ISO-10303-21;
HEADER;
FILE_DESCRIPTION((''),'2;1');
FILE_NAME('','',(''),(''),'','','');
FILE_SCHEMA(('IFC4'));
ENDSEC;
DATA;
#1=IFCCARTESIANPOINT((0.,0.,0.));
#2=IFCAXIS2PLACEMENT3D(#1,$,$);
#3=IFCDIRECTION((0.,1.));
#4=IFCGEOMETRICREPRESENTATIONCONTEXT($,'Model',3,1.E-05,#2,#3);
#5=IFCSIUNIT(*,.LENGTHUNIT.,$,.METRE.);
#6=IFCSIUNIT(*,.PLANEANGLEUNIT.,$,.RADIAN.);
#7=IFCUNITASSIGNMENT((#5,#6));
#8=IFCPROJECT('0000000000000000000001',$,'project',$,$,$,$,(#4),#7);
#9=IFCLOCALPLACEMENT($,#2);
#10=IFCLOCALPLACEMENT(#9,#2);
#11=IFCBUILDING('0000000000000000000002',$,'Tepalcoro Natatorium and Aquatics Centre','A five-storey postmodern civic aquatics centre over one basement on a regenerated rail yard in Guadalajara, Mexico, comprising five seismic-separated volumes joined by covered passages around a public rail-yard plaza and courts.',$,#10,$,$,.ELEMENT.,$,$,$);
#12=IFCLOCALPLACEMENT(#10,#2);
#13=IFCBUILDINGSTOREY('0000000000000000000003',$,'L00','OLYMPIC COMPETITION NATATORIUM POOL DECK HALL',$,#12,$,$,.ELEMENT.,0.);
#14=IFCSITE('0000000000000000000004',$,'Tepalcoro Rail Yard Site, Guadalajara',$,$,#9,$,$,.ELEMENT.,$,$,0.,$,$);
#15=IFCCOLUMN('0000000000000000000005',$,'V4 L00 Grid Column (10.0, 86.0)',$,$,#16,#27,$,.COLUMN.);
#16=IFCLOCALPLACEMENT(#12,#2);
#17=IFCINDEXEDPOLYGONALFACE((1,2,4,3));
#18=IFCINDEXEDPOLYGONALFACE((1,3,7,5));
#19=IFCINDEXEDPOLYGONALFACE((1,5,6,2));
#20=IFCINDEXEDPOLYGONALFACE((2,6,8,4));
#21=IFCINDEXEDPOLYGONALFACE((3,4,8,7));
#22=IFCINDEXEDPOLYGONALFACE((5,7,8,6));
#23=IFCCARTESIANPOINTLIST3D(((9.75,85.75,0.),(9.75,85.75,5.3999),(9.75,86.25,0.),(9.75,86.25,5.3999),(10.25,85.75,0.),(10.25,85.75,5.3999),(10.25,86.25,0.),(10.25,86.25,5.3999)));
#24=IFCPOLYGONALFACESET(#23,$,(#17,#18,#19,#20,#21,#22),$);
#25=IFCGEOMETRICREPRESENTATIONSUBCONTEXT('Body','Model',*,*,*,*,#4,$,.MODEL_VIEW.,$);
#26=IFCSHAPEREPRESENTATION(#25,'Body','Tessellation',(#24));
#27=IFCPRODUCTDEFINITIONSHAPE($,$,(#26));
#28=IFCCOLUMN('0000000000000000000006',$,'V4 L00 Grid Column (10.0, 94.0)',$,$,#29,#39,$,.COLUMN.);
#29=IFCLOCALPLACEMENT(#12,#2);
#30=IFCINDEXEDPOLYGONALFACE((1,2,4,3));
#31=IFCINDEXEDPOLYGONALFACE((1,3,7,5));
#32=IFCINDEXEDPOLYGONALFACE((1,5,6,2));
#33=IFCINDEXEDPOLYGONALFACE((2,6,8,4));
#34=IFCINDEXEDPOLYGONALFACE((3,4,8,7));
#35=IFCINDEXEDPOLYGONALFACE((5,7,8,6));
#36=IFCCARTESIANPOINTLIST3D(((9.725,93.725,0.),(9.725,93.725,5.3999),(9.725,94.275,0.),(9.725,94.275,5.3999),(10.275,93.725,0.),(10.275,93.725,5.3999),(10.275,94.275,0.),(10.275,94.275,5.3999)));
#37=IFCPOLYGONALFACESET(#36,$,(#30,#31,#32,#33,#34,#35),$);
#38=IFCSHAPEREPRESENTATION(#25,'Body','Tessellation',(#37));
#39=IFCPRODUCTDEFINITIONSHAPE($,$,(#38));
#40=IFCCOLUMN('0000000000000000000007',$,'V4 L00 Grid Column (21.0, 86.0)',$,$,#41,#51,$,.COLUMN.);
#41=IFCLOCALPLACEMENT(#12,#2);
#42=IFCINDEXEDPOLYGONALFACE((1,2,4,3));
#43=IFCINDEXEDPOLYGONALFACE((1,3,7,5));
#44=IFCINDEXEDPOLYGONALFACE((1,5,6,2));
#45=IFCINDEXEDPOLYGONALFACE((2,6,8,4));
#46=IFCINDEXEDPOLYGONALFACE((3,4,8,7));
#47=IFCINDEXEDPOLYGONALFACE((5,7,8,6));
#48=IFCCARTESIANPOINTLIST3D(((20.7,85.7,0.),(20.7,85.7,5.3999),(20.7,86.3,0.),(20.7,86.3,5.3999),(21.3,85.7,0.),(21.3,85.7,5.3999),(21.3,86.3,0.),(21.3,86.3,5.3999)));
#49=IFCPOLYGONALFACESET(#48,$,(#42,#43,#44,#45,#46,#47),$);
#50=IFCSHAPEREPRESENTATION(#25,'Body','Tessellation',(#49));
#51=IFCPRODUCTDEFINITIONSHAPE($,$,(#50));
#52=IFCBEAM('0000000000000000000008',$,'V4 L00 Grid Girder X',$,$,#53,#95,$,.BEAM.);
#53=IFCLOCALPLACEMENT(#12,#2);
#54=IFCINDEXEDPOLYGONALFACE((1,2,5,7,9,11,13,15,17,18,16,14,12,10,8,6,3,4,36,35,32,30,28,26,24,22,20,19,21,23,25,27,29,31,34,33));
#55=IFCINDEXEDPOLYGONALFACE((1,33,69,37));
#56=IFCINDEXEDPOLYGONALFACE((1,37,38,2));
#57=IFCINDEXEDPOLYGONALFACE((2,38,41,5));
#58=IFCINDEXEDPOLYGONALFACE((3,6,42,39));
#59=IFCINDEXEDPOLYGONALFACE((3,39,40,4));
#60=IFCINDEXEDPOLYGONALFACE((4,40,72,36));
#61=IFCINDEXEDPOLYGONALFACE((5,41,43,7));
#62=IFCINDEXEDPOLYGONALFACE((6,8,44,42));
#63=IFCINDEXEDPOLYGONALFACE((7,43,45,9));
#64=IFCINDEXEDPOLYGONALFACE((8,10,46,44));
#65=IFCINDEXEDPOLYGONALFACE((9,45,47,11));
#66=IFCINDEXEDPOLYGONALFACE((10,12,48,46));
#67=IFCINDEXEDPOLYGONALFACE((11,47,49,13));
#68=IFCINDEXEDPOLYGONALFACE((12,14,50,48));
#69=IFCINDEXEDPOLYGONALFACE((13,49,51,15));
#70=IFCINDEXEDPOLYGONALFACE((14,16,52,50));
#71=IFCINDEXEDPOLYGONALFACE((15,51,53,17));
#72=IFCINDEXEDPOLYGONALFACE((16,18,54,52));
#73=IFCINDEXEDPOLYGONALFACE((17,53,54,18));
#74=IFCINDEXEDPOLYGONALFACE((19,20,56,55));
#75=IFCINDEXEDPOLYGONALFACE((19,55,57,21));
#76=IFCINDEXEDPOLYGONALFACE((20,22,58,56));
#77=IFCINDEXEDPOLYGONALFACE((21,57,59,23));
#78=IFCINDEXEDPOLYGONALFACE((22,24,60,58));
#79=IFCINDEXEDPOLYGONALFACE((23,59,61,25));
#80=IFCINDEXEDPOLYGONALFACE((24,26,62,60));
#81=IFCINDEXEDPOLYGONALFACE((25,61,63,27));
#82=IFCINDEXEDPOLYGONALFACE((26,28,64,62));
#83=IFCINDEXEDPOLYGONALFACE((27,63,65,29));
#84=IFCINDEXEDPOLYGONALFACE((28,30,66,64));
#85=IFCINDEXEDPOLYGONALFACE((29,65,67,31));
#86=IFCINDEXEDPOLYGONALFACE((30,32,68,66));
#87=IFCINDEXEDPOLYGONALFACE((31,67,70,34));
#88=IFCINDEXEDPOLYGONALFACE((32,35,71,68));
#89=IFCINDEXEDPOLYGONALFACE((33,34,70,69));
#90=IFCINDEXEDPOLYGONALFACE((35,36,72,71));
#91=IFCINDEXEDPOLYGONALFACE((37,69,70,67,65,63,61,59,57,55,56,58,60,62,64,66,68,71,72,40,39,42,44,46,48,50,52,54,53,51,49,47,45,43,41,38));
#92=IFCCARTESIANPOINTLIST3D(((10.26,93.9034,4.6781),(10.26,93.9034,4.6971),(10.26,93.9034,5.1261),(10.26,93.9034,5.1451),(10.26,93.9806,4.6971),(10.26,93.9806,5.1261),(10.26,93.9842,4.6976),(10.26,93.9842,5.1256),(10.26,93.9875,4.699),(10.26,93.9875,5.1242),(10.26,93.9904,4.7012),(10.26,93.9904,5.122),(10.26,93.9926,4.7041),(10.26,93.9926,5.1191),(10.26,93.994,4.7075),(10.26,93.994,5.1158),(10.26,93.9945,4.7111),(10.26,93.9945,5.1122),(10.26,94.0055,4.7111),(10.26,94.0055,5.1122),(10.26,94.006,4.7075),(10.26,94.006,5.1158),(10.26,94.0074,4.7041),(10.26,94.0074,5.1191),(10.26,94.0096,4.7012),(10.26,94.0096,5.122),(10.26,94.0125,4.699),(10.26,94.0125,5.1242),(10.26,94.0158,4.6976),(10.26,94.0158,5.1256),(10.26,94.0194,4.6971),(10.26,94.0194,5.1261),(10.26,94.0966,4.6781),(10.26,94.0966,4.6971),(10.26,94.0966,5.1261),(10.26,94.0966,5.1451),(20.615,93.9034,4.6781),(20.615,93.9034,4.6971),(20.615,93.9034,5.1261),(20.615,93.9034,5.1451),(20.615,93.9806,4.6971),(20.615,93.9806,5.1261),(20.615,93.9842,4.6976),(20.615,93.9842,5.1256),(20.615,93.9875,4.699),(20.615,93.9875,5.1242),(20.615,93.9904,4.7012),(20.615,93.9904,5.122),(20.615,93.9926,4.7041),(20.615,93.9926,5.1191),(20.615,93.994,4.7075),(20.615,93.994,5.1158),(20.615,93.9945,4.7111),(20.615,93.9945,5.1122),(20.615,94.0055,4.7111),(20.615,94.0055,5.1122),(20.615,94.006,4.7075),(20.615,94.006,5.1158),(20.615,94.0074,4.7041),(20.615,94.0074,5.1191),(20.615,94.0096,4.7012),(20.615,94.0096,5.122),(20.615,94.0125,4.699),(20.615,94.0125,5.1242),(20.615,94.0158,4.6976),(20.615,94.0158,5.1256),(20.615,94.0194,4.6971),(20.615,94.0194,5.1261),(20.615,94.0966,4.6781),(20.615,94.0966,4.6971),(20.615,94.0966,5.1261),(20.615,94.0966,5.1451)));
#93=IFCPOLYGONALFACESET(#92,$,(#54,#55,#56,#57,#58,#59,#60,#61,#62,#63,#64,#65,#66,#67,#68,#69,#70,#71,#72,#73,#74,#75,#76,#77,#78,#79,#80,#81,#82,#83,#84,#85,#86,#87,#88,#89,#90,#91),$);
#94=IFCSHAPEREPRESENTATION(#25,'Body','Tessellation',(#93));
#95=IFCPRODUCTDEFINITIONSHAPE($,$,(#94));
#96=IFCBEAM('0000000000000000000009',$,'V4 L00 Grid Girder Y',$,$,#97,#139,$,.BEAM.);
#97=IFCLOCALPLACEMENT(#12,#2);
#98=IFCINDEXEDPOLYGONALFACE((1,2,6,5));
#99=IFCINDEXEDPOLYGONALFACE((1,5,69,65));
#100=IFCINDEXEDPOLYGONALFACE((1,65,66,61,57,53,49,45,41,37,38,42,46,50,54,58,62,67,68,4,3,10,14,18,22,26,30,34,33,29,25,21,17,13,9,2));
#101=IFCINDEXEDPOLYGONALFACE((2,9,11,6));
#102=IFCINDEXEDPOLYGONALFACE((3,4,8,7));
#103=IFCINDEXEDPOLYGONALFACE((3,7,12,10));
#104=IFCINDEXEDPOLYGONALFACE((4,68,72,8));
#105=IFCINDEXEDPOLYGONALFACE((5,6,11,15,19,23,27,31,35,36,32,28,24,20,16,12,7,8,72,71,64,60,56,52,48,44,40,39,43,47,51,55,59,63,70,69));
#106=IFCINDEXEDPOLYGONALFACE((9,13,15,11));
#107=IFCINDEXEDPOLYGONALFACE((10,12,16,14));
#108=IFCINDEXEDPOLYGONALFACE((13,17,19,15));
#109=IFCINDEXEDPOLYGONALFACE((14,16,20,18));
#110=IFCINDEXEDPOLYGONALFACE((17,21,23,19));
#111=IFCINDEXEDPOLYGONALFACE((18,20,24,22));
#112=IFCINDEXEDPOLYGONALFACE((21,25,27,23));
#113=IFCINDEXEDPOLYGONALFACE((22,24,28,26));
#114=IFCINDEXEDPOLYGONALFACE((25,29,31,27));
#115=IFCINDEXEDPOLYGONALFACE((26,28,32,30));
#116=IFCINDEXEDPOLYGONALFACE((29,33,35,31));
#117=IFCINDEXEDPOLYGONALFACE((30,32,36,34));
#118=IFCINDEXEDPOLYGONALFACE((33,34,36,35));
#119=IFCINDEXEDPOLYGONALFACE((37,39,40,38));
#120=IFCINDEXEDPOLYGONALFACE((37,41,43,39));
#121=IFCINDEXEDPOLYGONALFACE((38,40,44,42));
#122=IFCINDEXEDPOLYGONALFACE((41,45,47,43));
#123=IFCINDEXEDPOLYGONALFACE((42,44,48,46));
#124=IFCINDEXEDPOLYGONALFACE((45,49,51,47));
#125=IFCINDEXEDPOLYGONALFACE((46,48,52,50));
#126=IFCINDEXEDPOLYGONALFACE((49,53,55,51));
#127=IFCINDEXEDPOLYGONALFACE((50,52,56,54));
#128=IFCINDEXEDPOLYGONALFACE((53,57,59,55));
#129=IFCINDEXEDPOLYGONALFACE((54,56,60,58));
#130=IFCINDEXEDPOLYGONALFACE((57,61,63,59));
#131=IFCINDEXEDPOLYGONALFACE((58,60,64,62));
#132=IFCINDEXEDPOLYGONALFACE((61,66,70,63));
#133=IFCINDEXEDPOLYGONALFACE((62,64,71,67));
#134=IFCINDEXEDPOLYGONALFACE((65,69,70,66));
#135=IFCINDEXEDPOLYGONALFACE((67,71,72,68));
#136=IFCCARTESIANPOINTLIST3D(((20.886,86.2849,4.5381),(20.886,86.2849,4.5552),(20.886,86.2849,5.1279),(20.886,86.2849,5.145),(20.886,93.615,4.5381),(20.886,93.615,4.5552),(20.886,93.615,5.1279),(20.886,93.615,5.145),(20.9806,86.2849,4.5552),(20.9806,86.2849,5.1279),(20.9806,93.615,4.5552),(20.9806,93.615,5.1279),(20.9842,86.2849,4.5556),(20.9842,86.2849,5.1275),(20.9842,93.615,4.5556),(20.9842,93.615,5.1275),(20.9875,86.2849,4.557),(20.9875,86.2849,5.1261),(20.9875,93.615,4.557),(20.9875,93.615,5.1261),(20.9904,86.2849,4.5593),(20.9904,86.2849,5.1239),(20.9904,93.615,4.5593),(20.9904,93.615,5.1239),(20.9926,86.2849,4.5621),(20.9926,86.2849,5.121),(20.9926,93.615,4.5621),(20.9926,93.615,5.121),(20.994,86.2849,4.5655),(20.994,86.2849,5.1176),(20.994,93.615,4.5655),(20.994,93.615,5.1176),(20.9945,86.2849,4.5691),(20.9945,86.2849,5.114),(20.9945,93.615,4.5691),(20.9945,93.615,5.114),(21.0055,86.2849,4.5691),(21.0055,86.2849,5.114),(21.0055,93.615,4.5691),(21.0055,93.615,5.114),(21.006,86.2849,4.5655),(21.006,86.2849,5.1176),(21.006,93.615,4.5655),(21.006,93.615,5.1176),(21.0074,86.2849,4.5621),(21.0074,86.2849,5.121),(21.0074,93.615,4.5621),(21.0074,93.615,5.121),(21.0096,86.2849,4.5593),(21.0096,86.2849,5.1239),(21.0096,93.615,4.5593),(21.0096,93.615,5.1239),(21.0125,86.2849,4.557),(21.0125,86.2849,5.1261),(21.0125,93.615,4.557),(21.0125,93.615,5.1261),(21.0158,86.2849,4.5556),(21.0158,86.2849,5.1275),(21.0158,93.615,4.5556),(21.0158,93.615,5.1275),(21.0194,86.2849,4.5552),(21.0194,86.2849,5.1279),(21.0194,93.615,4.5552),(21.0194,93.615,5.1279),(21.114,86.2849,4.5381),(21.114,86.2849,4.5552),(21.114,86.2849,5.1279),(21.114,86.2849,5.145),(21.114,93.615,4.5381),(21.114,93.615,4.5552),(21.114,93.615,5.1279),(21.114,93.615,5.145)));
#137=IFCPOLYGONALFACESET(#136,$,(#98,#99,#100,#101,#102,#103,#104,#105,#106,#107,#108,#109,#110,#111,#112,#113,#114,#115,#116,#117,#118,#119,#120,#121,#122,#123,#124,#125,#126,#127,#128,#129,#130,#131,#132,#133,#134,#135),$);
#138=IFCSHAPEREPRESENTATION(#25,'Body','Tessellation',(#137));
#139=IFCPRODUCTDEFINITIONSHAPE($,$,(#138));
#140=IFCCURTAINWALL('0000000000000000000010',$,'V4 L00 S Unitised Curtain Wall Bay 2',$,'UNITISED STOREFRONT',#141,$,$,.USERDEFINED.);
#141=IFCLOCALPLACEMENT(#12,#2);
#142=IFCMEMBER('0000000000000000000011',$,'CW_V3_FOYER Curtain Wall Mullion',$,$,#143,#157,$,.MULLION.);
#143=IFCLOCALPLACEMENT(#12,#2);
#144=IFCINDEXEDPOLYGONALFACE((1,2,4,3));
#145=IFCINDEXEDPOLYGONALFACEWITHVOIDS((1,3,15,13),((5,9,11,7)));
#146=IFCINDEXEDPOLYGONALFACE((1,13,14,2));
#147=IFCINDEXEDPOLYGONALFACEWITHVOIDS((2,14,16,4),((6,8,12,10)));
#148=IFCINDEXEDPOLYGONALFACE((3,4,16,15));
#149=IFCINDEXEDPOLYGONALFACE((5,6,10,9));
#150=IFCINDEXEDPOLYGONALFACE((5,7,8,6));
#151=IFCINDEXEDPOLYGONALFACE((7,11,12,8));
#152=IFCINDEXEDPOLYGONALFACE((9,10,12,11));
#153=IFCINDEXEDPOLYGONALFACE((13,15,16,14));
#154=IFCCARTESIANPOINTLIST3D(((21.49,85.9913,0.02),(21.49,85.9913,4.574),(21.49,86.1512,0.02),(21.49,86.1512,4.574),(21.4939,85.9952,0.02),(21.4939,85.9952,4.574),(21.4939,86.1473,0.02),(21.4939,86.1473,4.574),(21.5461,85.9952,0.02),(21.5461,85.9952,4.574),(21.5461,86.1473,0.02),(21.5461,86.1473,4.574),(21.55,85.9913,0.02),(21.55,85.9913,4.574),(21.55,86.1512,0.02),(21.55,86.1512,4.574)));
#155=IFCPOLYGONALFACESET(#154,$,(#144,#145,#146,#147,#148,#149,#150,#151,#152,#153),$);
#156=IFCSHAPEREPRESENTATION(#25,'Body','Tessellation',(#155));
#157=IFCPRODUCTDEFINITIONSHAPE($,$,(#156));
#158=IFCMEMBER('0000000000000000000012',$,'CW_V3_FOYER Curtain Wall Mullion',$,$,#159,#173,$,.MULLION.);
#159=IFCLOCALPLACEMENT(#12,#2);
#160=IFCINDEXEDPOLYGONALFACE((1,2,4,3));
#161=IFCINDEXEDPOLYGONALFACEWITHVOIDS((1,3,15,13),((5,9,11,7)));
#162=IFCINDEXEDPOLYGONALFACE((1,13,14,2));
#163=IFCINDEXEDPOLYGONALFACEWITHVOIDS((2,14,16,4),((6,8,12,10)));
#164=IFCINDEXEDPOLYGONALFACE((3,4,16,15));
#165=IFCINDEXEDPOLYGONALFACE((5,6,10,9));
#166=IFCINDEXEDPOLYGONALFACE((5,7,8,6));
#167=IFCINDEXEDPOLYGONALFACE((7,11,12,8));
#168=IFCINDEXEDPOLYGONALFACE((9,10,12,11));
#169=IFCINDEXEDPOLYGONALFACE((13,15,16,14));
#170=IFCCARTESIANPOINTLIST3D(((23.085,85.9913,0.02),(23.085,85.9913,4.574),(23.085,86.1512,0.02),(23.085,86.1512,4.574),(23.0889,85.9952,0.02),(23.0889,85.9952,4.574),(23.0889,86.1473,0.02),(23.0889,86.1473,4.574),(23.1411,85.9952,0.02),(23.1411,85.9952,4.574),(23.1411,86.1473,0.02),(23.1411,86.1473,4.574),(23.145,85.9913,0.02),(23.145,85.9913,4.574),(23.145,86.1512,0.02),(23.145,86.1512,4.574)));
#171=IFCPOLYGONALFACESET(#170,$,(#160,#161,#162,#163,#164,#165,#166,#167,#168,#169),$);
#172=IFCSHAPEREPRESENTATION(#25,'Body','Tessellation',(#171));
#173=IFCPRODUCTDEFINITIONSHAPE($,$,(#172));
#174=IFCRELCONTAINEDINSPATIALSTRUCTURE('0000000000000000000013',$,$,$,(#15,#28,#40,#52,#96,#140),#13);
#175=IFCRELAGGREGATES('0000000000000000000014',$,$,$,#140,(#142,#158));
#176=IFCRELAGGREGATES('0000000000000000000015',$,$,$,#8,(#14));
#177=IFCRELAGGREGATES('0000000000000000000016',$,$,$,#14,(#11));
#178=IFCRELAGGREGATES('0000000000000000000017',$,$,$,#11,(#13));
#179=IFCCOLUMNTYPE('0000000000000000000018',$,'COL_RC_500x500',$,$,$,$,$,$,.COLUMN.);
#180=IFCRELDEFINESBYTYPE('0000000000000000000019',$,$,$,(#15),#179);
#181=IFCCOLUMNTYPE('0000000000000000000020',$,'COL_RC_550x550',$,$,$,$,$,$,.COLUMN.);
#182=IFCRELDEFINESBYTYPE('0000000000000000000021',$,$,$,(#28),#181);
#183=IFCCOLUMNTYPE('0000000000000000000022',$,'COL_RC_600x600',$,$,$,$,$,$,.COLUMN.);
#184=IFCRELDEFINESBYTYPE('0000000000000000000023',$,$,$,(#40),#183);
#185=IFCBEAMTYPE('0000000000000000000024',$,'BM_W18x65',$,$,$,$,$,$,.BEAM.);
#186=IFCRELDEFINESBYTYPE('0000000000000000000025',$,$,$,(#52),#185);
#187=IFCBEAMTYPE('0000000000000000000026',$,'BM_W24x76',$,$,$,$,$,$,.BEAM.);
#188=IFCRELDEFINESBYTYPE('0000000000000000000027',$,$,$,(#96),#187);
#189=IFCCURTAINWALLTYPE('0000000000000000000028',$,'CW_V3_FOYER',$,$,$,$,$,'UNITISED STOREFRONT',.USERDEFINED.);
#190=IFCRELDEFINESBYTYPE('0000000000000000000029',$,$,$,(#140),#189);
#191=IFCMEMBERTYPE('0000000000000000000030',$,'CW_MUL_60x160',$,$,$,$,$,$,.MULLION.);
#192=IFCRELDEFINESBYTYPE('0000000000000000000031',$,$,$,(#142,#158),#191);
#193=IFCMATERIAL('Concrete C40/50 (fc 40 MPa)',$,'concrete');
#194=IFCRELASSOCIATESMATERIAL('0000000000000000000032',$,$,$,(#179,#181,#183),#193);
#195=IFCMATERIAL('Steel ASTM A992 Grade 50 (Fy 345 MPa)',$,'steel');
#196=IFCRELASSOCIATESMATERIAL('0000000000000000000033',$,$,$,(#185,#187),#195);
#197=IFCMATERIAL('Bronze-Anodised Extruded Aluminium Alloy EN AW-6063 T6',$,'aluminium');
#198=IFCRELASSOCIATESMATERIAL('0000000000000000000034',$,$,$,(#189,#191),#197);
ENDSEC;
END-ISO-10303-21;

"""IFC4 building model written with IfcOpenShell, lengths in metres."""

from ifc_helpers import new_model, si_unit, direction, frame, origin, origin_2d, place, context, subcontext, project, spatial, rectangle, hollow_rectangle, i_section, extrude, material, material_profile, profile_set, type_object, element, aggregate, save


model = new_model("IFC4")

# Units and contexts
model_context = context("Model", 3, precision=1e-05, world=origin(), true_north=direction((0.0, 1.0)))
body_context = subcontext(model_context, "Body", "Model", "MODEL_VIEW")
ifc_project = project(units=[si_unit("LENGTHUNIT", "METRE"), si_unit("PLANEANGLEUNIT", "RADIAN")], contexts=[model_context])

# Site, building, storey
site_placement = place(None, origin())
site = spatial("IfcSite", under=ifc_project, at=site_placement, Name="Tepalcoro Rail Yard Site, Guadalajara", CompositionType="ELEMENT", RefElevation=0.0)
building_placement = place(site_placement, origin())
building = spatial("IfcBuilding", under=site, at=building_placement, Name="Tepalcoro Natatorium and Aquatics Centre", Description="A five-storey postmodern civic aquatics centre over one basement on a regenerated rail yard in Guadalajara, Mexico, comprising five seismic-separated volumes joined by covered passages around a public rail-yard plaza and courts.", CompositionType="ELEMENT")
storey_placement = place(building_placement, origin())
storey = spatial("IfcBuildingStorey", under=building, at=storey_placement, Name="L00", Description="OLYMPIC COMPETITION NATATORIUM POOL DECK HALL", CompositionType="ELEMENT", Elevation=0.0)

# Columns
ifc_material_1 = material(Name="Concrete C40/50 (fc 40 MPa)", Category="concrete")
ifc_material_profile_1 = material_profile(ifc_material_1, rectangle(XDim=0.5, YDim=0.5, at=origin_2d()), Name="RC500x500")
ifc_profile_set_1 = profile_set([ifc_material_profile_1], Name="Concrete C40/50 (fc 40 MPa)")
column_type_1 = type_object("IfcColumnType", Name="COL_RC_500x500", PredefinedType="COLUMN", material=ifc_profile_set_1)
column_1_placement = place(storey_placement, frame((10.0, 86.0, 0.0), z_axis=(0.0, 0.0, 1.0), x_axis=(1.0, 0.0, 0.0)))
element("IfcColumn", 1, at=column_1_placement, inside=storey, type_object=column_type_1, Name="V4 L00 Grid Column (10.0, 86.0)", PredefinedType="COLUMN", context=body_context, shape_type="SweptSolid", body=[
    extrude(rectangle(XDim=0.5, YDim=0.5, at=origin_2d()), origin(), (0.0, 0.0, 1.0), 5.3999),
])
ifc_material_profile_2 = material_profile(ifc_material_1, rectangle(XDim=0.55, YDim=0.55, at=origin_2d()), Name="RC550x550")
ifc_profile_set_2 = profile_set([ifc_material_profile_2], Name="Concrete C40/50 (fc 40 MPa)")
column_type_2 = type_object("IfcColumnType", Name="COL_RC_550x550", PredefinedType="COLUMN", material=ifc_profile_set_2)
column_2_placement = place(storey_placement, frame((10.0, 94.0, 0.0), z_axis=(0.0, 0.0, 1.0), x_axis=(1.0, 0.0, 0.0)))
element("IfcColumn", 2, at=column_2_placement, inside=storey, type_object=column_type_2, Name="V4 L00 Grid Column (10.0, 94.0)", PredefinedType="COLUMN", context=body_context, shape_type="SweptSolid", body=[
    extrude(rectangle(XDim=0.55, YDim=0.55, at=origin_2d()), origin(), (0.0, 0.0, 1.0), 5.3999),
])
ifc_material_profile_3 = material_profile(ifc_material_1, rectangle(XDim=0.6001, YDim=0.6001, at=origin_2d()), Name="RC600x600")
ifc_profile_set_3 = profile_set([ifc_material_profile_3], Name="Concrete C40/50 (fc 40 MPa)")
column_type_3 = type_object("IfcColumnType", Name="COL_RC_600x600", PredefinedType="COLUMN", material=ifc_profile_set_3)
column_3_placement = place(storey_placement, frame((21.0, 86.0, 0.0), z_axis=(0.0, 0.0, 1.0), x_axis=(1.0, 0.0, 0.0)))
element("IfcColumn", 3, at=column_3_placement, inside=storey, type_object=column_type_3, Name="V4 L00 Grid Column (21.0, 86.0)", PredefinedType="COLUMN", context=body_context, shape_type="SweptSolid", body=[
    extrude(rectangle(XDim=0.6001, YDim=0.6001, at=origin_2d()), origin(), (0.0, 0.0, 1.0), 5.3999),
])

# Beams
ifc_material_2 = material(Name="Steel ASTM A992 Grade 50 (Fy 345 MPa)", Category="steel")
ifc_material_profile_4 = material_profile(ifc_material_2, i_section(OverallWidth=0.1931, OverallDepth=0.467, WebThickness=0.011, FlangeThickness=0.019, FilletRadius=0.0139, at=origin_2d()), Name="W18X65")
ifc_profile_set_4 = profile_set([ifc_material_profile_4], Name="Steel ASTM A992 Grade 50 (Fy 345 MPa)")
beam_type_1 = type_object("IfcBeamType", Name="BM_W18x65", PredefinedType="BEAM", material=ifc_profile_set_4)
beam_1_placement = place(storey_placement, frame((10.26, 94.0, 4.9116), z_axis=(1.0, 0.0, 0.0), x_axis=(0.0, 1.0, 0.0)))
element("IfcBeam", 4, at=beam_1_placement, inside=storey, type_object=beam_type_1, Name="V4 L00 Grid Girder X", PredefinedType="BEAM", context=body_context, shape_type="SweptSolid", body=[
    extrude(i_section(OverallWidth=0.1931, OverallDepth=0.467, WebThickness=0.011, FlangeThickness=0.019, FilletRadius=0.0139, at=origin_2d()), origin(), (0.0, 0.0, 1.0), 10.355),
])
ifc_material_profile_5 = material_profile(ifc_material_2, i_section(OverallWidth=0.228, OverallDepth=0.6069, WebThickness=0.011, FlangeThickness=0.0171, FilletRadius=0.0139, at=origin_2d()), Name="W24X76")
ifc_profile_set_5 = profile_set([ifc_material_profile_5], Name="Steel ASTM A992 Grade 50 (Fy 345 MPa)")
beam_type_2 = type_object("IfcBeamType", Name="BM_W24x76", PredefinedType="BEAM", material=ifc_profile_set_5)
beam_2_placement = place(storey_placement, frame((21.0, 86.2849, 4.8416), z_axis=(0.0, 1.0, 0.0), x_axis=(-1.0, 0.0, 0.0)))
element("IfcBeam", 5, at=beam_2_placement, inside=storey, type_object=beam_type_2, Name="V4 L00 Grid Girder Y", PredefinedType="BEAM", context=body_context, shape_type="SweptSolid", body=[
    extrude(i_section(OverallWidth=0.228, OverallDepth=0.6069, WebThickness=0.011, FlangeThickness=0.0171, FilletRadius=0.0139, at=origin_2d()), origin(), (0.0, 0.0, 1.0), 7.3301),
])

# Curtain wall, members
ifc_material_3 = material(Name="Bronze-Anodised Extruded Aluminium Alloy EN AW-6063 T6", Category="aluminium")
curtain_wall_type = type_object("IfcCurtainWallType", Name="CW_V3_FOYER", ElementType="UNITISED STOREFRONT", PredefinedType="USERDEFINED", material=ifc_material_3)
curtain_wall_placement = place(storey_placement, origin())
curtain_wall = element("IfcCurtainWall", 6, at=curtain_wall_placement, inside=storey, type_object=curtain_wall_type, Name="V4 L00 S Unitised Curtain Wall Bay 2", ObjectType="UNITISED STOREFRONT", PredefinedType="USERDEFINED")
ifc_material_profile_6 = material_profile(ifc_material_3, hollow_rectangle(XDim=0.0601, YDim=0.1599, WallThickness=0.0039, at=origin_2d()), Name="AL60X160X4")
ifc_profile_set_6 = profile_set([ifc_material_profile_6], Name="Bronze-Anodised Extruded Aluminium Alloy EN AW-6063 T6")
member_type_1 = type_object("IfcMemberType", Name="CW_MUL_60x160", PredefinedType="MULLION", material=ifc_profile_set_6)
member_1_placement = place(storey_placement, frame((21.52, 86.0713, 0.02), z_axis=(0.0, 0.0, 1.0), x_axis=(1.0, 0.0, 0.0)))
member_1 = element("IfcMember", 7, at=member_1_placement, type_object=member_type_1, Name="CW_V3_FOYER Curtain Wall Mullion", PredefinedType="MULLION", context=body_context, shape_type="SweptSolid", body=[
    extrude(hollow_rectangle(XDim=0.0601, YDim=0.1599, WallThickness=0.0039, at=origin_2d()), origin(), (0.0, 0.0, 1.0), 4.554),
])
member_2_placement = place(storey_placement, frame((23.115, 86.0713, 0.02), z_axis=(0.0, 0.0, 1.0), x_axis=(1.0, 0.0, 0.0)))
member_2 = element("IfcMember", 8, at=member_2_placement, type_object=member_type_1, Name="CW_V3_FOYER Curtain Wall Mullion", PredefinedType="MULLION", context=body_context, shape_type="SweptSolid", body=[
    extrude(hollow_rectangle(XDim=0.0601, YDim=0.1599, WallThickness=0.0039, at=origin_2d()), origin(), (0.0, 0.0, 1.0), 4.554),
])

aggregate(curtain_wall, [member_1, member_2])

save(model, "model.ifc")
